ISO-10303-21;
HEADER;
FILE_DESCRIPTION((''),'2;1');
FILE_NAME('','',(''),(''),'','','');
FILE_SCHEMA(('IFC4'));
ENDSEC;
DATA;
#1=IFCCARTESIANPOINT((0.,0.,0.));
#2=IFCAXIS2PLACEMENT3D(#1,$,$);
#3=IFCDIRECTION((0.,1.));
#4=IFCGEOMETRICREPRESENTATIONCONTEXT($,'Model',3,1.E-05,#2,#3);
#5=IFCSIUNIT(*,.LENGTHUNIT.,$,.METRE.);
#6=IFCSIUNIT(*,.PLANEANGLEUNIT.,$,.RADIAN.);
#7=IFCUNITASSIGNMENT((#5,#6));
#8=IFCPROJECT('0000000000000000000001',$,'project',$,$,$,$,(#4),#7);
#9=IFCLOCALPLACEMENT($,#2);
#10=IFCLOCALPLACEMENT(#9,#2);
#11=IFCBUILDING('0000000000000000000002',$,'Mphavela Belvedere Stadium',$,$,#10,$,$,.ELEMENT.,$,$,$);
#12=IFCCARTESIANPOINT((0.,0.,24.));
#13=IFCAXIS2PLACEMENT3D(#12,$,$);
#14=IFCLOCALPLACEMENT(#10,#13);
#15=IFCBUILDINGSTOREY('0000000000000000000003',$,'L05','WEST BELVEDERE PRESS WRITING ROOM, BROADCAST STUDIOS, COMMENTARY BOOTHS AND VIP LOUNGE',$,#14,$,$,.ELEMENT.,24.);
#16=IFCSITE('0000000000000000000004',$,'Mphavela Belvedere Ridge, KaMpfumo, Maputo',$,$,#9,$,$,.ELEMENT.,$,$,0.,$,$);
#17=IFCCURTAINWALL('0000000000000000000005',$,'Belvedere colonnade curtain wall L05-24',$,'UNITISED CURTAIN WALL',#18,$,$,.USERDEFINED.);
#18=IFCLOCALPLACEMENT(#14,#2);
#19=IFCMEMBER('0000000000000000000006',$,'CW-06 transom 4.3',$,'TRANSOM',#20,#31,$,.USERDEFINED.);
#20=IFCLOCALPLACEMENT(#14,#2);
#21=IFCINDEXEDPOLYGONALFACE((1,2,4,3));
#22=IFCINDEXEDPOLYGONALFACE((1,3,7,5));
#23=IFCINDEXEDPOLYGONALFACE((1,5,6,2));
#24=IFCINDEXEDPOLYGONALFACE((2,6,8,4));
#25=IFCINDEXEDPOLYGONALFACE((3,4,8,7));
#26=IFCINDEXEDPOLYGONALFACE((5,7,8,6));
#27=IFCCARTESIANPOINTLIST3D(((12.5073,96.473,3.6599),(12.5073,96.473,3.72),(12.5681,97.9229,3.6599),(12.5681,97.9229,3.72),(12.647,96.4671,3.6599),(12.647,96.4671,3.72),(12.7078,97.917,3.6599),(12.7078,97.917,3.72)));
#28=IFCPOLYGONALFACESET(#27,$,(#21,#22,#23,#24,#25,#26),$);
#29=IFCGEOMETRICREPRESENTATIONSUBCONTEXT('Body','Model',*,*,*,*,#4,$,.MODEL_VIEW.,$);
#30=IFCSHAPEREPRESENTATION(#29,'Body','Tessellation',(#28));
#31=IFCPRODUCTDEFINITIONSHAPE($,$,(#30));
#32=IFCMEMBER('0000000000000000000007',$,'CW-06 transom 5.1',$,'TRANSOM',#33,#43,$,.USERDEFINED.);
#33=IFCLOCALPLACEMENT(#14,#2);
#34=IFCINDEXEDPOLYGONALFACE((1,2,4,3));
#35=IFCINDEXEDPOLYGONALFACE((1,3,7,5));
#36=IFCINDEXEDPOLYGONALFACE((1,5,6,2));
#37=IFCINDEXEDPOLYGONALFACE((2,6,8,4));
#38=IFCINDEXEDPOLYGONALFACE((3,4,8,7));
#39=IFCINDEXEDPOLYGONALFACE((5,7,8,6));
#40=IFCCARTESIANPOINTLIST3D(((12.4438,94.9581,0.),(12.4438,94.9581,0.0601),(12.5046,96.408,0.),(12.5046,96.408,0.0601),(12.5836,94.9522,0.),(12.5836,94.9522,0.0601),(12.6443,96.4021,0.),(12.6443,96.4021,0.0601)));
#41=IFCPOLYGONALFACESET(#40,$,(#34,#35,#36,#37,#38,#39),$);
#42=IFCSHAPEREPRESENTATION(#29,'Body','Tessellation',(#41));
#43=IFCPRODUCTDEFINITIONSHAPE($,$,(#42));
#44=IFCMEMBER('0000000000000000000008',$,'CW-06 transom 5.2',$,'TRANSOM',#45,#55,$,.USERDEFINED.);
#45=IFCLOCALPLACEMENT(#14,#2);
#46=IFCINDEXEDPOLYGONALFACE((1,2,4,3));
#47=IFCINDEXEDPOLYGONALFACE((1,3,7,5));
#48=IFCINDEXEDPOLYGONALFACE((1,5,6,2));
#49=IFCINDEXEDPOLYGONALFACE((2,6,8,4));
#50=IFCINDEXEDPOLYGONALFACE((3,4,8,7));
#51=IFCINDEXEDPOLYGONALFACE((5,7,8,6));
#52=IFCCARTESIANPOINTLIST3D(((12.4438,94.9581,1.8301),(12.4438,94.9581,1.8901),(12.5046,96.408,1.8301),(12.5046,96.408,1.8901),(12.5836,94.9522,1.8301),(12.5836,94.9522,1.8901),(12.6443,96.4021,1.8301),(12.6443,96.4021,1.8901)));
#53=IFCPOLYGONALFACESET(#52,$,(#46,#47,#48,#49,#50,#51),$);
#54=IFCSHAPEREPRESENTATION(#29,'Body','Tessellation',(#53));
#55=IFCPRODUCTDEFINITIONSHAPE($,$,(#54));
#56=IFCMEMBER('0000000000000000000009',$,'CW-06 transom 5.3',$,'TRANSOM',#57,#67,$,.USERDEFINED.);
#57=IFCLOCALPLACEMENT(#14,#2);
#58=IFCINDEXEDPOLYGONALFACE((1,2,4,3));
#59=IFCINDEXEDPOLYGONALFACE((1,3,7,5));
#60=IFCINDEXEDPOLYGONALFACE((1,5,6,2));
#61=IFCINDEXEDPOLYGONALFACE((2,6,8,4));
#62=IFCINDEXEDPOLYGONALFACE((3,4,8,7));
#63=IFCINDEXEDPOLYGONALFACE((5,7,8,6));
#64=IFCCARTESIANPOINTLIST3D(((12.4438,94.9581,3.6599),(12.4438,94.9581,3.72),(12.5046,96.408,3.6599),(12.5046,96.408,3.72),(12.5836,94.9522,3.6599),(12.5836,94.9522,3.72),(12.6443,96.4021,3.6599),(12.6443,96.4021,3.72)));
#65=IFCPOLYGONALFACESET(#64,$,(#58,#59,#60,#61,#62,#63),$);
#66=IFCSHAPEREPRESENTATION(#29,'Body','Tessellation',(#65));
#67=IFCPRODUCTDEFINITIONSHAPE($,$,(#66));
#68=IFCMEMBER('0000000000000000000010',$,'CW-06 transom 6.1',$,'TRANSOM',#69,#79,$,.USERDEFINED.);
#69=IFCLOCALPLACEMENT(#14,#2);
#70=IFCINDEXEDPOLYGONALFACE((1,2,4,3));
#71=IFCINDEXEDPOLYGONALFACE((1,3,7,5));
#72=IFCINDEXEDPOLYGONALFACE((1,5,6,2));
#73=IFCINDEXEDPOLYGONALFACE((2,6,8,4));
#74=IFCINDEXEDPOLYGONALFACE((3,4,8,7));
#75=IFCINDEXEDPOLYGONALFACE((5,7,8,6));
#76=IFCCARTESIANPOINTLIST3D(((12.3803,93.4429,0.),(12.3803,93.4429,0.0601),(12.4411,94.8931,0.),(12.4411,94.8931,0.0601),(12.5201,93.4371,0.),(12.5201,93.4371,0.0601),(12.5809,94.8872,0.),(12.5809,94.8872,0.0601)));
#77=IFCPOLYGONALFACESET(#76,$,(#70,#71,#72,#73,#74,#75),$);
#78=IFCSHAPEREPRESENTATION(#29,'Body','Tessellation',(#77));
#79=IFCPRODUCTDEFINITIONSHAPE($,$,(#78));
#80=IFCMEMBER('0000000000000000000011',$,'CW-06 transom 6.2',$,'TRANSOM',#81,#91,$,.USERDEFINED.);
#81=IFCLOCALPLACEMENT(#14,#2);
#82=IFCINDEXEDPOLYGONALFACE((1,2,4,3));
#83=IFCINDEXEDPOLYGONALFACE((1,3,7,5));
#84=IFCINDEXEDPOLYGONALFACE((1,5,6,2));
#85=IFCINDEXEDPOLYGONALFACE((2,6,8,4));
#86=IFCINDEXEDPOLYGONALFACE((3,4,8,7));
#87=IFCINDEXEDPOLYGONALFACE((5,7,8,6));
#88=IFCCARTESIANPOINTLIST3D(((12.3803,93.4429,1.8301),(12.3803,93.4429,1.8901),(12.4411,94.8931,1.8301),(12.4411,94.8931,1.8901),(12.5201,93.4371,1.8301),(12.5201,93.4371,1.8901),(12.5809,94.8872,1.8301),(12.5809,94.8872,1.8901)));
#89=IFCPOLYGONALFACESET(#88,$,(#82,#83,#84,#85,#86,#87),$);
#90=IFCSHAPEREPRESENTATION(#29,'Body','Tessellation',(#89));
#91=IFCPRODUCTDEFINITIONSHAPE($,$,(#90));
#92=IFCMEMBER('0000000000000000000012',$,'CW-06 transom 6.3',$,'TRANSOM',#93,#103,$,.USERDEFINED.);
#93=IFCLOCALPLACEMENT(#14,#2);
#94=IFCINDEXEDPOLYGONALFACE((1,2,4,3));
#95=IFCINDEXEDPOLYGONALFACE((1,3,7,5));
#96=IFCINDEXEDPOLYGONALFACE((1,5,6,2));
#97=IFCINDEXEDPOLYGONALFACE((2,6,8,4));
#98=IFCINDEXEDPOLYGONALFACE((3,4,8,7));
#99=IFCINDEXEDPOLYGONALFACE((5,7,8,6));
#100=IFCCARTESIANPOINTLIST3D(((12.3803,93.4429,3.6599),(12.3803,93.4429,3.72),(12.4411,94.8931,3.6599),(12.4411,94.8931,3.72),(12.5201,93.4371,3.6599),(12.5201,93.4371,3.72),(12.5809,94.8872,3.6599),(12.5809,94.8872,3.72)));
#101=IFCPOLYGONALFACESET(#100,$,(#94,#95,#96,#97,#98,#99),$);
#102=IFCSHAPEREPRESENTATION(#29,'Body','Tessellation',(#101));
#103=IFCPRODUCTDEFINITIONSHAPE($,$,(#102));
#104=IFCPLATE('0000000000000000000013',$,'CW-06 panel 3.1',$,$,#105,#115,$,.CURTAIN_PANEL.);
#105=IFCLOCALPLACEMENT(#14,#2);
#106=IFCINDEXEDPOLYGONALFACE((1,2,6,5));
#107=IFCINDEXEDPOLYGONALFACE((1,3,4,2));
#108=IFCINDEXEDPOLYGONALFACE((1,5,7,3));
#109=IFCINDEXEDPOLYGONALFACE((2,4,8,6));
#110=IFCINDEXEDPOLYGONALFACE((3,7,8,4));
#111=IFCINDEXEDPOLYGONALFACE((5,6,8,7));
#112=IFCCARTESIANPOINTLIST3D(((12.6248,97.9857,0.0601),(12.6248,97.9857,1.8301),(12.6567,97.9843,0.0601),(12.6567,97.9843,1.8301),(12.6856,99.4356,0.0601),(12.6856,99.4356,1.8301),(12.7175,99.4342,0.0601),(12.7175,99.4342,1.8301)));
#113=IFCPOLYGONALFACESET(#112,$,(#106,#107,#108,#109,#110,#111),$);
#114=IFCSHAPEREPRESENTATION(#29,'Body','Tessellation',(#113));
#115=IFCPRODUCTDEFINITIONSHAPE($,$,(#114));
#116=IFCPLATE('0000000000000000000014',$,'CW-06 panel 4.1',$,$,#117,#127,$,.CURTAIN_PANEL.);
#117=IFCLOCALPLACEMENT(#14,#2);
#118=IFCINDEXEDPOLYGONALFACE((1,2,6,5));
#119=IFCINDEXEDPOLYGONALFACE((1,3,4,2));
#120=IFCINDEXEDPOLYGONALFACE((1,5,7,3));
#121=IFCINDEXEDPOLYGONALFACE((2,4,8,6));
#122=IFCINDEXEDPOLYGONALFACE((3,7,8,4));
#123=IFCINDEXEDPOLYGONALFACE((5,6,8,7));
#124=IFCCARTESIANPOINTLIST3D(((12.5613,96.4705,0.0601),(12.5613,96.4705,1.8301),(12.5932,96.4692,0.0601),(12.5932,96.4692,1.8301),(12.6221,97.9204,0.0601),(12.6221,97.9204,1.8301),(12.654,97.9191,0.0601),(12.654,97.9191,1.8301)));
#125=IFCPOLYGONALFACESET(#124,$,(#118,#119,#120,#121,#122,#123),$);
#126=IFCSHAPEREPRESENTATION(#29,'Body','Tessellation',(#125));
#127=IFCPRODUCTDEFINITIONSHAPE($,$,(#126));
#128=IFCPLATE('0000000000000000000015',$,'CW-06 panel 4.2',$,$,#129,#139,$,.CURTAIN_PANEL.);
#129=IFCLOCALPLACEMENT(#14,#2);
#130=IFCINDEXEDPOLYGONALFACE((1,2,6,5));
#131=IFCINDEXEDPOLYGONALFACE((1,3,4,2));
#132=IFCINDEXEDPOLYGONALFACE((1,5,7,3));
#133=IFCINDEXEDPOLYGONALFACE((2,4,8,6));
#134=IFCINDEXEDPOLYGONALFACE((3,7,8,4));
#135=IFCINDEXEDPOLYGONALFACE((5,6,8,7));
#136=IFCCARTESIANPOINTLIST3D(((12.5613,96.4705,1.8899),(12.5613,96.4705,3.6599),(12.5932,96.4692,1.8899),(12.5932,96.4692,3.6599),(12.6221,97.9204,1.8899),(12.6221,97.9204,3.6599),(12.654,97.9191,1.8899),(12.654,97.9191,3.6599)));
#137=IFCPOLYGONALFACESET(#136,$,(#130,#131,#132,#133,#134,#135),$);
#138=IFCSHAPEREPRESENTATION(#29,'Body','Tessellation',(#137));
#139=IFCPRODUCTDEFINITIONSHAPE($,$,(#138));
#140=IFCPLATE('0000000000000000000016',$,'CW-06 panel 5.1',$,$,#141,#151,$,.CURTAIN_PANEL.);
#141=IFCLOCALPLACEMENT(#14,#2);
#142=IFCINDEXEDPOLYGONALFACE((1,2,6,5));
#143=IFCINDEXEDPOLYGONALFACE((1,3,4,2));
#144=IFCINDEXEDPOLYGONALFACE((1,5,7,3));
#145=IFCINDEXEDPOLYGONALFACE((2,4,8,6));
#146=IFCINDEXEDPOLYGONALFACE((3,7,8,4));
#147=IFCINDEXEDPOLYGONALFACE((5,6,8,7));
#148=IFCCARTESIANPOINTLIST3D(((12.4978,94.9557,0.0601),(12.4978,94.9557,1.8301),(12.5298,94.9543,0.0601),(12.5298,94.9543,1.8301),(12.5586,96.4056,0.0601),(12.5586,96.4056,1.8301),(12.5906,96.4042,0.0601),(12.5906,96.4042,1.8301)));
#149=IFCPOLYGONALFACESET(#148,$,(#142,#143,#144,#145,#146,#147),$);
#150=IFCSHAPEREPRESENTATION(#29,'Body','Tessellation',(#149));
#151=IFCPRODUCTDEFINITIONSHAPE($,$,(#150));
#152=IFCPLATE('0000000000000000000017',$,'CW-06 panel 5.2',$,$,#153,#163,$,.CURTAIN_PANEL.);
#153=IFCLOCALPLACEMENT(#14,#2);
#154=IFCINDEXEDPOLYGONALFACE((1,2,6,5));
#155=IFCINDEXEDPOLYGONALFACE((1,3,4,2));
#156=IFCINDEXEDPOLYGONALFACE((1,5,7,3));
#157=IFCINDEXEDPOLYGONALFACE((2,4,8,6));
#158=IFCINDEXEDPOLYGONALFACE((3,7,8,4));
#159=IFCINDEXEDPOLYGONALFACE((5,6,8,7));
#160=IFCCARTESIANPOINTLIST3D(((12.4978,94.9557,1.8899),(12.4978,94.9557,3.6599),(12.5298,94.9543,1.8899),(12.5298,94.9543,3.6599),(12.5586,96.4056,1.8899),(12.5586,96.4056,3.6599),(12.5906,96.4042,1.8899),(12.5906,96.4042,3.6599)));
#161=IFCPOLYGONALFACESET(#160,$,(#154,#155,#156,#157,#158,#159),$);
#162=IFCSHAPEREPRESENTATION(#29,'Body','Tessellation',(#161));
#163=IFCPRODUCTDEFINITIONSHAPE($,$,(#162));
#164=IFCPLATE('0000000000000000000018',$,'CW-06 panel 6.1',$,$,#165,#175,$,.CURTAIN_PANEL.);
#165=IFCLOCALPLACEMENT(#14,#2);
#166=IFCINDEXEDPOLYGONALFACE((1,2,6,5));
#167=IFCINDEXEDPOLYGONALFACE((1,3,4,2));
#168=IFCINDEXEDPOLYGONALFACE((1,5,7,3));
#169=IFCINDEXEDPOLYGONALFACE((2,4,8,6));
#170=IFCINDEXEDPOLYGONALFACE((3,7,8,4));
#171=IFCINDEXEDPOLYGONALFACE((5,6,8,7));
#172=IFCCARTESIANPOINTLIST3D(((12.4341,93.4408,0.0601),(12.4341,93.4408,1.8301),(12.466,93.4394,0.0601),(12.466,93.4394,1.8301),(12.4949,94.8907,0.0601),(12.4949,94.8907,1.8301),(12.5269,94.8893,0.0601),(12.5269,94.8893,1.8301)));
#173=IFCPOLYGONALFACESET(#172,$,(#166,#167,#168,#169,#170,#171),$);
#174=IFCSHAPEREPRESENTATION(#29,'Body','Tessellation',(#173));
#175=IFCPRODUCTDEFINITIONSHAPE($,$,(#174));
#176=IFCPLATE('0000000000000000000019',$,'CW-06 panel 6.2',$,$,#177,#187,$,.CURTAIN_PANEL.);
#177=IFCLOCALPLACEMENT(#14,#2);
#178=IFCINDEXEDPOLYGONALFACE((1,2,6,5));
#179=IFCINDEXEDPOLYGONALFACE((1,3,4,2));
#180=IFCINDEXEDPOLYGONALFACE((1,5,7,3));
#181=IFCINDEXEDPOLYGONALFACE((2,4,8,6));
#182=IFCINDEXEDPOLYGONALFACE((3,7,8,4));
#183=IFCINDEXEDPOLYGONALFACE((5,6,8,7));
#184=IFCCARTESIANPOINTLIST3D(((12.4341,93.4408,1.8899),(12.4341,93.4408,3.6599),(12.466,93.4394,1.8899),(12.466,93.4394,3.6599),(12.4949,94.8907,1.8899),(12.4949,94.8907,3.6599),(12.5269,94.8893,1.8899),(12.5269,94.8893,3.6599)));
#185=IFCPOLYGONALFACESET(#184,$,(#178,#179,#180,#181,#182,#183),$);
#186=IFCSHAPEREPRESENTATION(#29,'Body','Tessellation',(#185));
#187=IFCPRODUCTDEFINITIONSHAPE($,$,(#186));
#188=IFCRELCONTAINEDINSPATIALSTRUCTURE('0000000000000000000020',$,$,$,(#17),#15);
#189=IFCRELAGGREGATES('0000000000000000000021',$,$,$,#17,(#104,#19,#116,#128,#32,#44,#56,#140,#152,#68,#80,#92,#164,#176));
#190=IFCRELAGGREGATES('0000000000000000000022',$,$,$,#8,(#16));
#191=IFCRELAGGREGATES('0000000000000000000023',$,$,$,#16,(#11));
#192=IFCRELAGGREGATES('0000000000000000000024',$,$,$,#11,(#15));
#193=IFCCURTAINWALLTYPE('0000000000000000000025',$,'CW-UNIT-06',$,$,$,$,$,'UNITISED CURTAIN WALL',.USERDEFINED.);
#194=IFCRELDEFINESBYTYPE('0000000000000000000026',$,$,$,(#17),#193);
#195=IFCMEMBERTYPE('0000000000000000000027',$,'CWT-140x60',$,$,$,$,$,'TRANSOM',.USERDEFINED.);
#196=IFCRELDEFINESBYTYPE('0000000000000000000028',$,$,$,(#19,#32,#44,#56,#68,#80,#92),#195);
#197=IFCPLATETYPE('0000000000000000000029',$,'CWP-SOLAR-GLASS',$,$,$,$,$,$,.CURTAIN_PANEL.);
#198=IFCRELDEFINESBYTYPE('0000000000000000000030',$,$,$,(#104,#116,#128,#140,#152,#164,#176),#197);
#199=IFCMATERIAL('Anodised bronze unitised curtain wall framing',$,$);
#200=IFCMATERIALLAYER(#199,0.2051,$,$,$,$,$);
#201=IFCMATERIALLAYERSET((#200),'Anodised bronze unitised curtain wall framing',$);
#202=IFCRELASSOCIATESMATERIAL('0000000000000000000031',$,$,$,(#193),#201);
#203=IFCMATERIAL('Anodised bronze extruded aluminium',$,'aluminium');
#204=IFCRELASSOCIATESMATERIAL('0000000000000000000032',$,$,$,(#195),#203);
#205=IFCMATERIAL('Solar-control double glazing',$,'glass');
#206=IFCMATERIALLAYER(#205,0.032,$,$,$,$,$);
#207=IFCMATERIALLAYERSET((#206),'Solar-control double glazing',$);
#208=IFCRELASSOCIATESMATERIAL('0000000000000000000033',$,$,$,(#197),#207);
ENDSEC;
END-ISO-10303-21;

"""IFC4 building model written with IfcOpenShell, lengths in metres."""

from ifc_helpers import new_model, si_unit, direction, frame, origin, origin_2d, place, context, subcontext, project, spatial, rectangle, extrude, material, layer, layer_set, material_profile, profile_set, type_object, element, aggregate, save


model = new_model("IFC4")

# Units and contexts
model_context = context("Model", 3, precision=1e-05, world=origin(), true_north=direction((0.0, 1.0)))
body_context = subcontext(model_context, "Body", "Model", "MODEL_VIEW")
ifc_project = project(units=[si_unit("LENGTHUNIT", "METRE"), si_unit("PLANEANGLEUNIT", "RADIAN")], contexts=[model_context])

# Site, building, storey
site_placement = place(None, origin())
site = spatial("IfcSite", under=ifc_project, at=site_placement, Name="Mphavela Belvedere Ridge, KaMpfumo, Maputo", CompositionType="ELEMENT", RefElevation=0.0)
building_placement = place(site_placement, origin())
building = spatial("IfcBuilding", under=site, at=building_placement, Name="Mphavela Belvedere Stadium", CompositionType="ELEMENT")
storey_placement = place(building_placement, frame((0.0, 0.0, 24.0)))
storey = spatial("IfcBuildingStorey", under=building, at=storey_placement, Name="L05", Description="WEST BELVEDERE PRESS WRITING ROOM, BROADCAST STUDIOS, COMMENTARY BOOTHS AND VIP LOUNGE", CompositionType="ELEMENT", Elevation=24.0)

# Curtain wall, members, plates
ifc_material_1 = material(Name="Anodised bronze unitised curtain wall framing")
ifc_layer_1 = layer(ifc_material_1, 0.2051)
ifc_layer_set_1 = layer_set([ifc_layer_1], Name="Anodised bronze unitised curtain wall framing")
curtain_wall_type = type_object("IfcCurtainWallType", Name="CW-UNIT-06", ElementType="UNITISED CURTAIN WALL", PredefinedType="USERDEFINED", material=ifc_layer_set_1)
curtain_wall_placement = place(storey_placement, origin())
curtain_wall = element("IfcCurtainWall", 1, at=curtain_wall_placement, inside=storey, type_object=curtain_wall_type, Name="Belvedere colonnade curtain wall L05-24", ObjectType="UNITISED CURTAIN WALL", PredefinedType="USERDEFINED")
ifc_material_2 = material(Name="Anodised bronze extruded aluminium", Category="aluminium")
ifc_material_profile_1 = material_profile(ifc_material_2, rectangle(XDim=0.1399, YDim=0.0601, at=origin_2d()), Name="CW-TRN 140x60")
ifc_profile_set_1 = profile_set([ifc_material_profile_1], Name="Anodised bronze extruded aluminium")
member_type_1 = type_object("IfcMemberType", Name="CWT-140x60", ElementType="TRANSOM", PredefinedType="USERDEFINED", material=ifc_profile_set_1)
member_1_placement = place(storey_placement, frame((12.6379, 97.9199, 3.6899), z_axis=(-0.041889, -0.999122, 0.0), x_axis=(0.999122, -0.041889, 0.0)))
member_1 = element("IfcMember", 2, at=member_1_placement, type_object=member_type_1, Name="CW-06 transom 4.3", ObjectType="TRANSOM", PredefinedType="USERDEFINED", context=body_context, shape_type="SweptSolid", body=[
    extrude(rectangle(XDim=0.1399, YDim=0.0601, at=origin_2d()), origin(), (0.0, 0.0, 1.0), 1.4512),
])
member_2_placement = place(storey_placement, frame((12.5745, 96.405, 0.03), z_axis=(-0.041889, -0.999122, 0.0), x_axis=(0.999122, -0.041889, 0.0)))
member_2 = element("IfcMember", 3, at=member_2_placement, type_object=member_type_1, Name="CW-06 transom 5.1", ObjectType="TRANSOM", PredefinedType="USERDEFINED", context=body_context, shape_type="SweptSolid", body=[
    extrude(rectangle(XDim=0.1399, YDim=0.0601, at=origin_2d()), origin(), (0.0, 0.0, 1.0), 1.4512),
])
member_3_placement = place(storey_placement, frame((12.5745, 96.405, 1.8601), z_axis=(-0.041889, -0.999122, 0.0), x_axis=(0.999122, -0.041889, 0.0)))
member_3 = element("IfcMember", 4, at=member_3_placement, type_object=member_type_1, Name="CW-06 transom 5.2", ObjectType="TRANSOM", PredefinedType="USERDEFINED", context=body_context, shape_type="SweptSolid", body=[
    extrude(rectangle(XDim=0.1399, YDim=0.0601, at=origin_2d()), origin(), (0.0, 0.0, 1.0), 1.4512),
])
member_4_placement = place(storey_placement, frame((12.5745, 96.405, 3.6899), z_axis=(-0.041889, -0.999122, 0.0), x_axis=(0.999122, -0.041889, 0.0)))
member_4 = element("IfcMember", 5, at=member_4_placement, type_object=member_type_1, Name="CW-06 transom 5.3", ObjectType="TRANSOM", PredefinedType="USERDEFINED", context=body_context, shape_type="SweptSolid", body=[
    extrude(rectangle(XDim=0.1399, YDim=0.0601, at=origin_2d()), origin(), (0.0, 0.0, 1.0), 1.4512),
])
member_5_placement = place(storey_placement, frame((12.511, 94.8901, 0.03), z_axis=(-0.041882, -0.999123, 0.0), x_axis=(0.999123, -0.041882, 0.0)))
member_5 = element("IfcMember", 6, at=member_5_placement, type_object=member_type_1, Name="CW-06 transom 6.1", ObjectType="TRANSOM", PredefinedType="USERDEFINED", context=body_context, shape_type="SweptSolid", body=[
    extrude(rectangle(XDim=0.1399, YDim=0.0601, at=origin_2d()), origin(), (0.0, 0.0, 1.0), 1.4514),
])
member_6_placement = place(storey_placement, frame((12.511, 94.8901, 1.8601), z_axis=(-0.041882, -0.999123, 0.0), x_axis=(0.999123, -0.041882, 0.0)))
member_6 = element("IfcMember", 7, at=member_6_placement, type_object=member_type_1, Name="CW-06 transom 6.2", ObjectType="TRANSOM", PredefinedType="USERDEFINED", context=body_context, shape_type="SweptSolid", body=[
    extrude(rectangle(XDim=0.1399, YDim=0.0601, at=origin_2d()), origin(), (0.0, 0.0, 1.0), 1.4514),
])
member_7_placement = place(storey_placement, frame((12.511, 94.8901, 3.6899), z_axis=(-0.041882, -0.999123, 0.0), x_axis=(0.999123, -0.041882, 0.0)))
member_7 = element("IfcMember", 8, at=member_7_placement, type_object=member_type_1, Name="CW-06 transom 6.3", ObjectType="TRANSOM", PredefinedType="USERDEFINED", context=body_context, shape_type="SweptSolid", body=[
    extrude(rectangle(XDim=0.1399, YDim=0.0601, at=origin_2d()), origin(), (0.0, 0.0, 1.0), 1.4514),
])
ifc_material_3 = material(Name="Solar-control double glazing", Category="glass")
ifc_layer_2 = layer(ifc_material_3, 0.032)
ifc_layer_set_2 = layer_set([ifc_layer_2], Name="Solar-control double glazing")
plate_type = type_object("IfcPlateType", Name="CWP-SOLAR-GLASS", PredefinedType="CURTAIN_PANEL", material=ifc_layer_set_2)
plate_1_placement = place(storey_placement, frame((12.6711, 98.71, 0.0601), z_axis=(0.0, 0.0, 1.0), x_axis=(-0.041905, -0.999122, 0.0)))
plate_1 = element("IfcPlate", 9, at=plate_1_placement, type_object=plate_type, Name="CW-06 panel 3.1", PredefinedType="CURTAIN_PANEL", context=body_context, shape_type="SweptSolid", body=[
    extrude(rectangle(XDim=1.4512, YDim=0.032, at=origin_2d()), origin(), (0.0, 0.0, 1.0), 1.77),
])
plate_2_placement = place(storey_placement, frame((12.6077, 97.1948, 0.0601), z_axis=(0.0, 0.0, 1.0), x_axis=(-0.041905, -0.999122, 0.0)))
plate_2 = element("IfcPlate", 10, at=plate_2_placement, type_object=plate_type, Name="CW-06 panel 4.1", PredefinedType="CURTAIN_PANEL", context=body_context, shape_type="SweptSolid", body=[
    extrude(rectangle(XDim=1.4512, YDim=0.032, at=origin_2d()), origin(), (0.0, 0.0, 1.0), 1.77),
])
plate_3_placement = place(storey_placement, frame((12.6077, 97.1948, 1.8899), z_axis=(0.0, 0.0, 1.0), x_axis=(-0.041905, -0.999122, 0.0)))
plate_3 = element("IfcPlate", 11, at=plate_3_placement, type_object=plate_type, Name="CW-06 panel 4.2", PredefinedType="CURTAIN_PANEL", context=body_context, shape_type="SweptSolid", body=[
    extrude(rectangle(XDim=1.4512, YDim=0.032, at=origin_2d()), origin(), (0.0, 0.0, 1.0), 1.77),
])
plate_4_placement = place(storey_placement, frame((12.5442, 95.6799, 0.0601), z_axis=(0.0, 0.0, 1.0), x_axis=(-0.041905, -0.999122, 0.0)))
plate_4 = element("IfcPlate", 12, at=plate_4_placement, type_object=plate_type, Name="CW-06 panel 5.1", PredefinedType="CURTAIN_PANEL", context=body_context, shape_type="SweptSolid", body=[
    extrude(rectangle(XDim=1.4512, YDim=0.032, at=origin_2d()), origin(), (0.0, 0.0, 1.0), 1.77),
])
plate_5_placement = place(storey_placement, frame((12.5442, 95.6799, 1.8899), z_axis=(0.0, 0.0, 1.0), x_axis=(-0.041905, -0.999122, 0.0)))
plate_5 = element("IfcPlate", 13, at=plate_5_placement, type_object=plate_type, Name="CW-06 panel 5.2", PredefinedType="CURTAIN_PANEL", context=body_context, shape_type="SweptSolid", body=[
    extrude(rectangle(XDim=1.4512, YDim=0.032, at=origin_2d()), origin(), (0.0, 0.0, 1.0), 1.77),
])
plate_6_placement = place(storey_placement, frame((12.4805, 94.165, 0.0601), z_axis=(0.0, 0.0, 1.0), x_axis=(-0.041905, -0.999122, 0.0)))
plate_6 = element("IfcPlate", 14, at=plate_6_placement, type_object=plate_type, Name="CW-06 panel 6.1", PredefinedType="CURTAIN_PANEL", context=body_context, shape_type="SweptSolid", body=[
    extrude(rectangle(XDim=1.4512, YDim=0.032, at=origin_2d()), origin(), (0.0, 0.0, 1.0), 1.77),
])
plate_7_placement = place(storey_placement, frame((12.4805, 94.165, 1.8899), z_axis=(0.0, 0.0, 1.0), x_axis=(-0.041905, -0.999122, 0.0)))
plate_7 = element("IfcPlate", 15, at=plate_7_placement, type_object=plate_type, Name="CW-06 panel 6.2", PredefinedType="CURTAIN_PANEL", context=body_context, shape_type="SweptSolid", body=[
    extrude(rectangle(XDim=1.4512, YDim=0.032, at=origin_2d()), origin(), (0.0, 0.0, 1.0), 1.77),
])
aggregate(curtain_wall, [plate_1, member_1, plate_2, plate_3, member_2, member_3, member_4, plate_4, plate_5, member_5, member_6, member_7, plate_6, plate_7])

save(model, "model.ifc")
